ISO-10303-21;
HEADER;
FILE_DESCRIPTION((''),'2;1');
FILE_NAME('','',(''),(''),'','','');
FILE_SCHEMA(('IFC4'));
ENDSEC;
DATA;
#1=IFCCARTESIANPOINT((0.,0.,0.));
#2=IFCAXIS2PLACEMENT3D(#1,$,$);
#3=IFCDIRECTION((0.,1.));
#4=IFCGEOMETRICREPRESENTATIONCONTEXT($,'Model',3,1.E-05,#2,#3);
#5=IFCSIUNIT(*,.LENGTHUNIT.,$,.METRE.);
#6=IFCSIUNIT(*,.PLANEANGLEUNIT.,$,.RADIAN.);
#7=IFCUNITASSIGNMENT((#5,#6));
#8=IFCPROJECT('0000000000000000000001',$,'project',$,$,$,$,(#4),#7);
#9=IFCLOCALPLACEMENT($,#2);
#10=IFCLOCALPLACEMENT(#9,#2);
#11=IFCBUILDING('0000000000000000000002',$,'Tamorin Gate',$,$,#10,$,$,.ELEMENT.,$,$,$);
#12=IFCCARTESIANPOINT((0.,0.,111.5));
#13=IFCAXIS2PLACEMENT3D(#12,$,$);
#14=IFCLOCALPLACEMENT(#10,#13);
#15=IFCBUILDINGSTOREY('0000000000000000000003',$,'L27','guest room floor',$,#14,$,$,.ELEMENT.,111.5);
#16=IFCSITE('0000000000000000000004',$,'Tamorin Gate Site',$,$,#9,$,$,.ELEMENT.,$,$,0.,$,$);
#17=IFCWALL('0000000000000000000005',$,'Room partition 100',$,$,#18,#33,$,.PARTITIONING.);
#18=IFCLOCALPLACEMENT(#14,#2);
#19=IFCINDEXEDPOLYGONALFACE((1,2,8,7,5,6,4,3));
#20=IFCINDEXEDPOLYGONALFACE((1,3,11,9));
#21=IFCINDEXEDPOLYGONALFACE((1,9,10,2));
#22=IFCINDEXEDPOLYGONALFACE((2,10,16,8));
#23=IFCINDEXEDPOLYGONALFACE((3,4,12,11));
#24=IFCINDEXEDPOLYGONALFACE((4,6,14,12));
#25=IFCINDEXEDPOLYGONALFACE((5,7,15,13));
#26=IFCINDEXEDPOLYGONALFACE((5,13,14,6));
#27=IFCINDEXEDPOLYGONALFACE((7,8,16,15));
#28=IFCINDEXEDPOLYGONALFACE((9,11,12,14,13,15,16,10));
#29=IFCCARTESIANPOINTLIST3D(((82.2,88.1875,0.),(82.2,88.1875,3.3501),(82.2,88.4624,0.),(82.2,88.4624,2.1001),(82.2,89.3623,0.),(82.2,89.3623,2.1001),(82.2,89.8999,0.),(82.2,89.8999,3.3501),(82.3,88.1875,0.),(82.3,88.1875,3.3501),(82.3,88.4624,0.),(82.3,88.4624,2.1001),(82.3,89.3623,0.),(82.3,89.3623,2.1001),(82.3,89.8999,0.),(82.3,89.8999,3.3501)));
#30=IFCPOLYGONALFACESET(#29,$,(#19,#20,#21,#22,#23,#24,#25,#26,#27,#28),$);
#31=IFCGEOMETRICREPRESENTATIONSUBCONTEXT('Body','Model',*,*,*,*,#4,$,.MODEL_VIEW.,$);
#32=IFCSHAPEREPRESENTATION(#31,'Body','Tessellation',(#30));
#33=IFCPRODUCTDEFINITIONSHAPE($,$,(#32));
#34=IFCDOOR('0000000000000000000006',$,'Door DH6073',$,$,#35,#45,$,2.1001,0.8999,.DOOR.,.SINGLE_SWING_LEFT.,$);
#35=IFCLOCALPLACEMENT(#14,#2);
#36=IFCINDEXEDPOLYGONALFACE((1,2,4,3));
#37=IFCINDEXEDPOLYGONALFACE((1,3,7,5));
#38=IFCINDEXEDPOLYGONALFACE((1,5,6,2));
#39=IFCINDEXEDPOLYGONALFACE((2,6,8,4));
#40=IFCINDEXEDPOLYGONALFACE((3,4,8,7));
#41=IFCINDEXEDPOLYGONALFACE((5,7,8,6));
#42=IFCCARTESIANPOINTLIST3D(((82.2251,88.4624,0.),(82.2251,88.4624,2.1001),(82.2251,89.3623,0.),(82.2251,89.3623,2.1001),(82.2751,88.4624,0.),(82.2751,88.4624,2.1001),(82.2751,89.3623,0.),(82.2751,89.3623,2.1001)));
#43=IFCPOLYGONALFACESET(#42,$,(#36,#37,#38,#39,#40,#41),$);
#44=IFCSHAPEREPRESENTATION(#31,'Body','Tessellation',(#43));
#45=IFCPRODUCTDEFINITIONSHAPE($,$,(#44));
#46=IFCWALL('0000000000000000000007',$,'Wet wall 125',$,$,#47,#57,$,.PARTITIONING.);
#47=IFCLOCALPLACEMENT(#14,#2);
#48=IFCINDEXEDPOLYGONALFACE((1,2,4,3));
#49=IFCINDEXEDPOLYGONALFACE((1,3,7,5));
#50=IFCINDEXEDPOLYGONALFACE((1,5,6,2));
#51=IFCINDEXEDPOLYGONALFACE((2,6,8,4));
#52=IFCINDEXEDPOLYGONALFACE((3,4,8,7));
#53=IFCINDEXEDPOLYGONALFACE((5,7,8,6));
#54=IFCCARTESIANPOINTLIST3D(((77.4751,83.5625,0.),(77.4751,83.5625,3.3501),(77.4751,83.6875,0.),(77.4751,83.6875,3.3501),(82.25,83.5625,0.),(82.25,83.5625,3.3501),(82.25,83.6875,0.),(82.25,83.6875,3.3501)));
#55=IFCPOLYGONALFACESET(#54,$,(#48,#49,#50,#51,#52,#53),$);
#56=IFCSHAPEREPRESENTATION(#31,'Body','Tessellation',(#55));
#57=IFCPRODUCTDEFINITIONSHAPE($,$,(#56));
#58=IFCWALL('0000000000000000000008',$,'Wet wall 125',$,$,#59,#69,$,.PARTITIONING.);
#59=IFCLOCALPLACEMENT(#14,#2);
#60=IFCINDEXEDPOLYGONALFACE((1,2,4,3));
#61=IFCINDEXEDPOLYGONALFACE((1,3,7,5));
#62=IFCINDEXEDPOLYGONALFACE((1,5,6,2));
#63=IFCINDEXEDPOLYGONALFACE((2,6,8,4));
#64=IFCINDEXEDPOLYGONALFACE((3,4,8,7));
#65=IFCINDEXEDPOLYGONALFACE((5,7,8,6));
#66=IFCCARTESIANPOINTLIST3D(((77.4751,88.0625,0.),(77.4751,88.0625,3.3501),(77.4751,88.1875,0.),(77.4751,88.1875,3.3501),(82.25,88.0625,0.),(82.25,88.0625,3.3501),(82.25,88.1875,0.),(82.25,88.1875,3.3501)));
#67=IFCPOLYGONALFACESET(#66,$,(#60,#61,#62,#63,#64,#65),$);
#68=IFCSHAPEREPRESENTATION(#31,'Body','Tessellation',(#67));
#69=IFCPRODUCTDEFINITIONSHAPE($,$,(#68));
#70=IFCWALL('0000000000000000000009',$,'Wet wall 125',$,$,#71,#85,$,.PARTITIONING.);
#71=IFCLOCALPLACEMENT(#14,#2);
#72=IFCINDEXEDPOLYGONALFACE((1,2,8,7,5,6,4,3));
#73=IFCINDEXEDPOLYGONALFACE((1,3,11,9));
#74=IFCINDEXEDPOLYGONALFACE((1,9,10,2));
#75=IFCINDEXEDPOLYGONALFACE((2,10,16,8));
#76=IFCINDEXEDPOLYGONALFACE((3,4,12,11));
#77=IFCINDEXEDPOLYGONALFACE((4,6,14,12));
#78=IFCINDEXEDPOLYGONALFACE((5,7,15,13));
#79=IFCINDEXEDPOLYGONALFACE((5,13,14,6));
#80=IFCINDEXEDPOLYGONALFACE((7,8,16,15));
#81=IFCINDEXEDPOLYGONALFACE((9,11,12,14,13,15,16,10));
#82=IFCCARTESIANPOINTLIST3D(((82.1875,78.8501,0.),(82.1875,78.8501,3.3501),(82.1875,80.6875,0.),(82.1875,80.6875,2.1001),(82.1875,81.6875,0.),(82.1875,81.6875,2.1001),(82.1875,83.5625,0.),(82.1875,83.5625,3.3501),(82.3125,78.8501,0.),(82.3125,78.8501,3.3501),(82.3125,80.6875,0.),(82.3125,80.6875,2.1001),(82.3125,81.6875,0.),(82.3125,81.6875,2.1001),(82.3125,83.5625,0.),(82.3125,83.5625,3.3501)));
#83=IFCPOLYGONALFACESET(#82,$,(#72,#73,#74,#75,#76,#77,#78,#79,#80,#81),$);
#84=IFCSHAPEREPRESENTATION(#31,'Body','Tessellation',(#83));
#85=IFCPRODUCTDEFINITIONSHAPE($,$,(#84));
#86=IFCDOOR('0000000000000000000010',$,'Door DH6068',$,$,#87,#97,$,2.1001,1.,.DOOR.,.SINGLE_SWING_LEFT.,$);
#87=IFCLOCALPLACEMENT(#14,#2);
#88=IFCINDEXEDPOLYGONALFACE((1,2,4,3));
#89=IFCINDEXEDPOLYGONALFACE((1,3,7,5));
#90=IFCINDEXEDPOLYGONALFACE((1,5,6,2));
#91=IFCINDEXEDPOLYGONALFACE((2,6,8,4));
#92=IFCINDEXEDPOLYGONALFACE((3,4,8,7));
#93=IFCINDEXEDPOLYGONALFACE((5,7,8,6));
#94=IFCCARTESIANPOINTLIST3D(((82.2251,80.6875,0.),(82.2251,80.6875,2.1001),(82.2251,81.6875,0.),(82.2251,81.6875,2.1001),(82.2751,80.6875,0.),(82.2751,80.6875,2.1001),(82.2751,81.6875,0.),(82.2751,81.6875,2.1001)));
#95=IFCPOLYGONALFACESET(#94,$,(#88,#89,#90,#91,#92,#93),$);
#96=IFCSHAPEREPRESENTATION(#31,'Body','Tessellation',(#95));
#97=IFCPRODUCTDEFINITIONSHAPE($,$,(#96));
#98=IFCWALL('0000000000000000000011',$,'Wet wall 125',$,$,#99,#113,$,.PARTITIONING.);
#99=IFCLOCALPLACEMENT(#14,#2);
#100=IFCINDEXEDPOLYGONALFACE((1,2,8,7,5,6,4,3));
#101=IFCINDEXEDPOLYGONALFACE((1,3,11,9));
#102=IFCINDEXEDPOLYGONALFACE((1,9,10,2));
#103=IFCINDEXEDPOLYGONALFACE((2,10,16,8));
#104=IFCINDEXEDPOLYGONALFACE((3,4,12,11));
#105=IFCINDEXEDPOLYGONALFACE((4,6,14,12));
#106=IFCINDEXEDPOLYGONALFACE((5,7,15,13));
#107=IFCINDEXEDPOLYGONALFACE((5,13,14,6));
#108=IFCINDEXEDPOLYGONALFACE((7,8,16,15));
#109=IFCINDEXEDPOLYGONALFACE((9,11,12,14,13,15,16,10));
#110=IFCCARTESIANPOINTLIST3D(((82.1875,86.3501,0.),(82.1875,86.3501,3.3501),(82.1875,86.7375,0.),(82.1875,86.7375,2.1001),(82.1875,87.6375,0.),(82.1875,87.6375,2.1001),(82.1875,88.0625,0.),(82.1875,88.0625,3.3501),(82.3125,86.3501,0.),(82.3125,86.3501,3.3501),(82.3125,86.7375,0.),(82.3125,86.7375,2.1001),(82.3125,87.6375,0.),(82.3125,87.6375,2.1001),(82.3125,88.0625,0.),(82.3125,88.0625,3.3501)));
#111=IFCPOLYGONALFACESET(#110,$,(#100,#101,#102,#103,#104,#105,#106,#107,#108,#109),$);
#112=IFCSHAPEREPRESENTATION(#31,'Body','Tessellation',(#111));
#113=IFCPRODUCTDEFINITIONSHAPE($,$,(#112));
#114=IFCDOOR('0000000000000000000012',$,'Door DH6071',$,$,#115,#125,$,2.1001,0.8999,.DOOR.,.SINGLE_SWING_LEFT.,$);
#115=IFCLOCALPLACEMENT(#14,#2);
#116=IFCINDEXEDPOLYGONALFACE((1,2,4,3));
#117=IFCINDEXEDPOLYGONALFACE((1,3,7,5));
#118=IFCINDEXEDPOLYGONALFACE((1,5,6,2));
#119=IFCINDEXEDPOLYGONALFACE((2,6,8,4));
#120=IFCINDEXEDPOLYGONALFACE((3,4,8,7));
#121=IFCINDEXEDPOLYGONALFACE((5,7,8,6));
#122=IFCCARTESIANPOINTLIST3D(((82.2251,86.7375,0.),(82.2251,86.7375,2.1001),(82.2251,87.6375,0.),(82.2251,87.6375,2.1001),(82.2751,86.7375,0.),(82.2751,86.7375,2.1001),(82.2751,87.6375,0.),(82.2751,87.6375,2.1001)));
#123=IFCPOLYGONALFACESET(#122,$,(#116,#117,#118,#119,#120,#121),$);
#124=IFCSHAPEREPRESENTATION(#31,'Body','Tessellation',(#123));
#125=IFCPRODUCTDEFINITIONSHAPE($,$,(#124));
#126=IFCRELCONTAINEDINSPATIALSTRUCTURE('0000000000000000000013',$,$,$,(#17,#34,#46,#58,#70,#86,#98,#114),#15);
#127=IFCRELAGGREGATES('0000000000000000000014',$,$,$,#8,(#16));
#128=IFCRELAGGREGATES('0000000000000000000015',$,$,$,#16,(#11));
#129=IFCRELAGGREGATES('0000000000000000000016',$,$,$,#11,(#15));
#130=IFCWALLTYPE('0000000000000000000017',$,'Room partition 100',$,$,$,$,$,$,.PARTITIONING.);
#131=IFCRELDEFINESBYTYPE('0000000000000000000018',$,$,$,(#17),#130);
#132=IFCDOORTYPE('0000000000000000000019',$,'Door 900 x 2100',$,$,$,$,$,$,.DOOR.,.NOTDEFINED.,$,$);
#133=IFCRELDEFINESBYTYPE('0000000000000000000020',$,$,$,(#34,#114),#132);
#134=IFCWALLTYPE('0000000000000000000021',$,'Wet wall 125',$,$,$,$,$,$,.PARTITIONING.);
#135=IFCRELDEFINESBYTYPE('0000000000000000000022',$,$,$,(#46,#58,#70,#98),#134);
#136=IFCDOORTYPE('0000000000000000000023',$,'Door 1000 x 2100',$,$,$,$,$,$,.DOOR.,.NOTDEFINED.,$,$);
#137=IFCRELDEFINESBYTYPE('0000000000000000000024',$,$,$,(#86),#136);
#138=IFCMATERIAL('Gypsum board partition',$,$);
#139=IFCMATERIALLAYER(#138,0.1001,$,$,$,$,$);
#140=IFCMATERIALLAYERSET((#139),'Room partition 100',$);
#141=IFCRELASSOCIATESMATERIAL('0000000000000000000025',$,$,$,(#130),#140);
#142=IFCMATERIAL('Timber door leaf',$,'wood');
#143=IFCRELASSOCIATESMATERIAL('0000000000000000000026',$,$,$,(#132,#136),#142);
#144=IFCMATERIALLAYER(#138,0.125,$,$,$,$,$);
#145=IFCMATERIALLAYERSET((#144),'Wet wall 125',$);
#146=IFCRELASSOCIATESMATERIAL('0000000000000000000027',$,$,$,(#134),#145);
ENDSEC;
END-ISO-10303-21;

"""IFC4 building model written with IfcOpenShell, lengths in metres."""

from ifc_helpers import new_model, si_unit, direction, frame, frame_2d, origin, place, context, subcontext, project, spatial, rectangle, extrude, material, layer, layer_set, type_object, element, fill, save


model = new_model("IFC4")

# Units and contexts
model_context = context("Model", 3, precision=1e-05, world=origin(), true_north=direction((0.0, 1.0)))
body_context = subcontext(model_context, "Body", "Model", "MODEL_VIEW")
ifc_project = project(units=[si_unit("LENGTHUNIT", "METRE"), si_unit("PLANEANGLEUNIT", "RADIAN")], contexts=[model_context])

# Site, building, storey
site_placement = place(None, origin())
site = spatial("IfcSite", under=ifc_project, at=site_placement, Name="Tamorin Gate Site", CompositionType="ELEMENT", RefElevation=0.0)
building_placement = place(site_placement, origin())
building = spatial("IfcBuilding", under=site, at=building_placement, Name="Tamorin Gate", CompositionType="ELEMENT")
storey_placement = place(building_placement, frame((0.0, 0.0, 111.5)))
storey = spatial("IfcBuildingStorey", under=building, at=storey_placement, Name="L27", Description="guest room floor", CompositionType="ELEMENT", Elevation=111.5)

# Shared definitions
ifc_material_1 = material(Name="Gypsum board partition")

# Wall, opening, door
ifc_layer_1 = layer(ifc_material_1, 0.1001)
ifc_layer_set_1 = layer_set([ifc_layer_1], Name="Room partition 100")
wall_type_1 = type_object("IfcWallType", Name="Room partition 100", PredefinedType="PARTITIONING", material=ifc_layer_set_1)
ifc_material_2 = material(Name="Timber door leaf", Category="wood")
door_type_1 = type_object("IfcDoorType", Name="Door 900 x 2100", OperationType="NOTDEFINED", PredefinedType="DOOR", material=ifc_material_2)
door_type_2 = type_object("IfcDoorType", Name="Door 1000 x 2100", OperationType="NOTDEFINED", PredefinedType="DOOR", material=ifc_material_2)
wall_1_placement = place(storey_placement, frame((82.25, 88.1875, 0.0), z_axis=(0.0, 0.0, 1.0), x_axis=(0.0, 1.0, 0.0)))
wall_1 = element("IfcWall", 1, at=wall_1_placement, inside=storey, type_object=wall_type_1, Name="Room partition 100", PredefinedType="PARTITIONING", context=body_context, shape_type="SweptSolid", body=[
    extrude(rectangle(XDim=1.7124, YDim=0.1001, at=frame_2d((0.8562, 0.0))), origin(), (0.0, 0.0, 1.0), 3.3501),
])
opening_1_placement = place(wall_1_placement, frame((0.2749, 0.0, 0.0)))
opening_1 = element("IfcOpeningElement", 2, at=opening_1_placement, cuts=wall_1, PredefinedType="OPENING", context=body_context, shape_type="SweptSolid", body=[
    extrude(rectangle(XDim=0.8999, YDim=2.1001, at=frame_2d((0.45, 1.05))), frame((0.0, 0.0601, 0.0), z_axis=(0.0, -1.0, 0.0), x_axis=(1.0, 0.0, 0.0)), (0.0, 0.0, 1.0), 0.1201),
])
door_1_placement = place(opening_1_placement, origin())
door_1 = element("IfcDoor", 3, at=door_1_placement, inside=storey, type_object=door_type_1, Name="Door DH6073", OperationType="SINGLE_SWING_LEFT", OverallHeight=2.1001, OverallWidth=0.8999, PredefinedType="DOOR", context=body_context, shape_type="SweptSolid", body=[
    extrude(rectangle(XDim=0.8999, YDim=2.1001, at=frame_2d((0.45, 1.05))), frame((0.0, 0.0249, 0.0), z_axis=(0.0, -1.0, 0.0), x_axis=(1.0, 0.0, 0.0)), (0.0, 0.0, 1.0), 0.05),
])
fill(opening_1, door_1)

# Walls
ifc_layer_2 = layer(ifc_material_1, 0.125)
ifc_layer_set_2 = layer_set([ifc_layer_2], Name="Wet wall 125")
wall_type_2 = type_object("IfcWallType", Name="Wet wall 125", PredefinedType="PARTITIONING", material=ifc_layer_set_2)
for number, where, z_axis, x_axis, name in (
    (4, (77.4751, 83.625, 0.0), (0.0, 0.0, 1.0), (1.0, 0.0, 0.0), "Wet wall 125"),
    (5, (77.4751, 88.125, 0.0), (0.0, 0.0, 1.0), (1.0, 0.0, 0.0), "Wet wall 125"),
):
    element("IfcWall", number, at=place(storey_placement, frame(where, z_axis=z_axis, x_axis=x_axis)), inside=storey, type_object=wall_type_2, Name=name, PredefinedType="PARTITIONING", context=body_context, shape_type="SweptSolid", body=[
        extrude(rectangle(XDim=4.7749, YDim=0.125, at=frame_2d((2.3875, 0.0))), origin(), (0.0, 0.0, 1.0), 3.3501),
    ])

# Walls, openings, doors
wall_2_placement = place(storey_placement, frame((82.25, 78.8501, 0.0), z_axis=(0.0, 0.0, 1.0), x_axis=(0.0, 1.0, 0.0)))
wall_2 = element("IfcWall", 6, at=wall_2_placement, inside=storey, type_object=wall_type_2, Name="Wet wall 125", PredefinedType="PARTITIONING", context=body_context, shape_type="SweptSolid", body=[
    extrude(rectangle(XDim=4.7124, YDim=0.125, at=frame_2d((2.3562, 0.0))), origin(), (0.0, 0.0, 1.0), 3.3501),
])
opening_2_placement = place(wall_2_placement, frame((1.8374, 0.0, 0.0)))
opening_2 = element("IfcOpeningElement", 7, at=opening_2_placement, cuts=wall_2, PredefinedType="OPENING", context=body_context, shape_type="SweptSolid", body=[
    extrude(rectangle(XDim=1.0, YDim=2.1001, at=frame_2d((0.5, 1.05))), frame((0.0, 0.0725, 0.0), z_axis=(0.0, -1.0, 0.0), x_axis=(1.0, 0.0, 0.0)), (0.0, 0.0, 1.0), 0.145),
])
door_2_placement = place(opening_2_placement, origin())
door_2 = element("IfcDoor", 8, at=door_2_placement, inside=storey, type_object=door_type_2, Name="Door DH6068", OperationType="SINGLE_SWING_LEFT", OverallHeight=2.1001, OverallWidth=1.0, PredefinedType="DOOR", context=body_context, shape_type="SweptSolid", body=[
    extrude(rectangle(XDim=1.0, YDim=2.1001, at=frame_2d((0.5, 1.05))), frame((0.0, 0.0249, 0.0), z_axis=(0.0, -1.0, 0.0), x_axis=(1.0, 0.0, 0.0)), (0.0, 0.0, 1.0), 0.05),
])
fill(opening_2, door_2)
wall_3_placement = place(storey_placement, frame((82.25, 86.3501, 0.0), z_axis=(0.0, 0.0, 1.0), x_axis=(0.0, 1.0, 0.0)))
wall_3 = element("IfcWall", 9, at=wall_3_placement, inside=storey, type_object=wall_type_2, Name="Wet wall 125", PredefinedType="PARTITIONING", context=body_context, shape_type="SweptSolid", body=[
    extrude(rectangle(XDim=1.7124, YDim=0.125, at=frame_2d((0.8562, 0.0))), origin(), (0.0, 0.0, 1.0), 3.3501),
])
opening_3_placement = place(wall_3_placement, frame((0.3875, 0.0, 0.0)))
opening_3 = element("IfcOpeningElement", 10, at=opening_3_placement, cuts=wall_3, PredefinedType="OPENING", context=body_context, shape_type="SweptSolid", body=[
    extrude(rectangle(XDim=0.8999, YDim=2.1001, at=frame_2d((0.45, 1.05))), frame((0.0, 0.0725, 0.0), z_axis=(0.0, -1.0, 0.0), x_axis=(1.0, 0.0, 0.0)), (0.0, 0.0, 1.0), 0.145),
])
door_3_placement = place(opening_3_placement, origin())
door_3 = element("IfcDoor", 11, at=door_3_placement, inside=storey, type_object=door_type_1, Name="Door DH6071", OperationType="SINGLE_SWING_LEFT", OverallHeight=2.1001, OverallWidth=0.8999, PredefinedType="DOOR", context=body_context, shape_type="SweptSolid", body=[
    extrude(rectangle(XDim=0.8999, YDim=2.1001, at=frame_2d((0.45, 1.05))), frame((0.0, 0.0249, 0.0), z_axis=(0.0, -1.0, 0.0), x_axis=(1.0, 0.0, 0.0)), (0.0, 0.0, 1.0), 0.05),
])
fill(opening_3, door_3)

save(model, "model.ifc")
